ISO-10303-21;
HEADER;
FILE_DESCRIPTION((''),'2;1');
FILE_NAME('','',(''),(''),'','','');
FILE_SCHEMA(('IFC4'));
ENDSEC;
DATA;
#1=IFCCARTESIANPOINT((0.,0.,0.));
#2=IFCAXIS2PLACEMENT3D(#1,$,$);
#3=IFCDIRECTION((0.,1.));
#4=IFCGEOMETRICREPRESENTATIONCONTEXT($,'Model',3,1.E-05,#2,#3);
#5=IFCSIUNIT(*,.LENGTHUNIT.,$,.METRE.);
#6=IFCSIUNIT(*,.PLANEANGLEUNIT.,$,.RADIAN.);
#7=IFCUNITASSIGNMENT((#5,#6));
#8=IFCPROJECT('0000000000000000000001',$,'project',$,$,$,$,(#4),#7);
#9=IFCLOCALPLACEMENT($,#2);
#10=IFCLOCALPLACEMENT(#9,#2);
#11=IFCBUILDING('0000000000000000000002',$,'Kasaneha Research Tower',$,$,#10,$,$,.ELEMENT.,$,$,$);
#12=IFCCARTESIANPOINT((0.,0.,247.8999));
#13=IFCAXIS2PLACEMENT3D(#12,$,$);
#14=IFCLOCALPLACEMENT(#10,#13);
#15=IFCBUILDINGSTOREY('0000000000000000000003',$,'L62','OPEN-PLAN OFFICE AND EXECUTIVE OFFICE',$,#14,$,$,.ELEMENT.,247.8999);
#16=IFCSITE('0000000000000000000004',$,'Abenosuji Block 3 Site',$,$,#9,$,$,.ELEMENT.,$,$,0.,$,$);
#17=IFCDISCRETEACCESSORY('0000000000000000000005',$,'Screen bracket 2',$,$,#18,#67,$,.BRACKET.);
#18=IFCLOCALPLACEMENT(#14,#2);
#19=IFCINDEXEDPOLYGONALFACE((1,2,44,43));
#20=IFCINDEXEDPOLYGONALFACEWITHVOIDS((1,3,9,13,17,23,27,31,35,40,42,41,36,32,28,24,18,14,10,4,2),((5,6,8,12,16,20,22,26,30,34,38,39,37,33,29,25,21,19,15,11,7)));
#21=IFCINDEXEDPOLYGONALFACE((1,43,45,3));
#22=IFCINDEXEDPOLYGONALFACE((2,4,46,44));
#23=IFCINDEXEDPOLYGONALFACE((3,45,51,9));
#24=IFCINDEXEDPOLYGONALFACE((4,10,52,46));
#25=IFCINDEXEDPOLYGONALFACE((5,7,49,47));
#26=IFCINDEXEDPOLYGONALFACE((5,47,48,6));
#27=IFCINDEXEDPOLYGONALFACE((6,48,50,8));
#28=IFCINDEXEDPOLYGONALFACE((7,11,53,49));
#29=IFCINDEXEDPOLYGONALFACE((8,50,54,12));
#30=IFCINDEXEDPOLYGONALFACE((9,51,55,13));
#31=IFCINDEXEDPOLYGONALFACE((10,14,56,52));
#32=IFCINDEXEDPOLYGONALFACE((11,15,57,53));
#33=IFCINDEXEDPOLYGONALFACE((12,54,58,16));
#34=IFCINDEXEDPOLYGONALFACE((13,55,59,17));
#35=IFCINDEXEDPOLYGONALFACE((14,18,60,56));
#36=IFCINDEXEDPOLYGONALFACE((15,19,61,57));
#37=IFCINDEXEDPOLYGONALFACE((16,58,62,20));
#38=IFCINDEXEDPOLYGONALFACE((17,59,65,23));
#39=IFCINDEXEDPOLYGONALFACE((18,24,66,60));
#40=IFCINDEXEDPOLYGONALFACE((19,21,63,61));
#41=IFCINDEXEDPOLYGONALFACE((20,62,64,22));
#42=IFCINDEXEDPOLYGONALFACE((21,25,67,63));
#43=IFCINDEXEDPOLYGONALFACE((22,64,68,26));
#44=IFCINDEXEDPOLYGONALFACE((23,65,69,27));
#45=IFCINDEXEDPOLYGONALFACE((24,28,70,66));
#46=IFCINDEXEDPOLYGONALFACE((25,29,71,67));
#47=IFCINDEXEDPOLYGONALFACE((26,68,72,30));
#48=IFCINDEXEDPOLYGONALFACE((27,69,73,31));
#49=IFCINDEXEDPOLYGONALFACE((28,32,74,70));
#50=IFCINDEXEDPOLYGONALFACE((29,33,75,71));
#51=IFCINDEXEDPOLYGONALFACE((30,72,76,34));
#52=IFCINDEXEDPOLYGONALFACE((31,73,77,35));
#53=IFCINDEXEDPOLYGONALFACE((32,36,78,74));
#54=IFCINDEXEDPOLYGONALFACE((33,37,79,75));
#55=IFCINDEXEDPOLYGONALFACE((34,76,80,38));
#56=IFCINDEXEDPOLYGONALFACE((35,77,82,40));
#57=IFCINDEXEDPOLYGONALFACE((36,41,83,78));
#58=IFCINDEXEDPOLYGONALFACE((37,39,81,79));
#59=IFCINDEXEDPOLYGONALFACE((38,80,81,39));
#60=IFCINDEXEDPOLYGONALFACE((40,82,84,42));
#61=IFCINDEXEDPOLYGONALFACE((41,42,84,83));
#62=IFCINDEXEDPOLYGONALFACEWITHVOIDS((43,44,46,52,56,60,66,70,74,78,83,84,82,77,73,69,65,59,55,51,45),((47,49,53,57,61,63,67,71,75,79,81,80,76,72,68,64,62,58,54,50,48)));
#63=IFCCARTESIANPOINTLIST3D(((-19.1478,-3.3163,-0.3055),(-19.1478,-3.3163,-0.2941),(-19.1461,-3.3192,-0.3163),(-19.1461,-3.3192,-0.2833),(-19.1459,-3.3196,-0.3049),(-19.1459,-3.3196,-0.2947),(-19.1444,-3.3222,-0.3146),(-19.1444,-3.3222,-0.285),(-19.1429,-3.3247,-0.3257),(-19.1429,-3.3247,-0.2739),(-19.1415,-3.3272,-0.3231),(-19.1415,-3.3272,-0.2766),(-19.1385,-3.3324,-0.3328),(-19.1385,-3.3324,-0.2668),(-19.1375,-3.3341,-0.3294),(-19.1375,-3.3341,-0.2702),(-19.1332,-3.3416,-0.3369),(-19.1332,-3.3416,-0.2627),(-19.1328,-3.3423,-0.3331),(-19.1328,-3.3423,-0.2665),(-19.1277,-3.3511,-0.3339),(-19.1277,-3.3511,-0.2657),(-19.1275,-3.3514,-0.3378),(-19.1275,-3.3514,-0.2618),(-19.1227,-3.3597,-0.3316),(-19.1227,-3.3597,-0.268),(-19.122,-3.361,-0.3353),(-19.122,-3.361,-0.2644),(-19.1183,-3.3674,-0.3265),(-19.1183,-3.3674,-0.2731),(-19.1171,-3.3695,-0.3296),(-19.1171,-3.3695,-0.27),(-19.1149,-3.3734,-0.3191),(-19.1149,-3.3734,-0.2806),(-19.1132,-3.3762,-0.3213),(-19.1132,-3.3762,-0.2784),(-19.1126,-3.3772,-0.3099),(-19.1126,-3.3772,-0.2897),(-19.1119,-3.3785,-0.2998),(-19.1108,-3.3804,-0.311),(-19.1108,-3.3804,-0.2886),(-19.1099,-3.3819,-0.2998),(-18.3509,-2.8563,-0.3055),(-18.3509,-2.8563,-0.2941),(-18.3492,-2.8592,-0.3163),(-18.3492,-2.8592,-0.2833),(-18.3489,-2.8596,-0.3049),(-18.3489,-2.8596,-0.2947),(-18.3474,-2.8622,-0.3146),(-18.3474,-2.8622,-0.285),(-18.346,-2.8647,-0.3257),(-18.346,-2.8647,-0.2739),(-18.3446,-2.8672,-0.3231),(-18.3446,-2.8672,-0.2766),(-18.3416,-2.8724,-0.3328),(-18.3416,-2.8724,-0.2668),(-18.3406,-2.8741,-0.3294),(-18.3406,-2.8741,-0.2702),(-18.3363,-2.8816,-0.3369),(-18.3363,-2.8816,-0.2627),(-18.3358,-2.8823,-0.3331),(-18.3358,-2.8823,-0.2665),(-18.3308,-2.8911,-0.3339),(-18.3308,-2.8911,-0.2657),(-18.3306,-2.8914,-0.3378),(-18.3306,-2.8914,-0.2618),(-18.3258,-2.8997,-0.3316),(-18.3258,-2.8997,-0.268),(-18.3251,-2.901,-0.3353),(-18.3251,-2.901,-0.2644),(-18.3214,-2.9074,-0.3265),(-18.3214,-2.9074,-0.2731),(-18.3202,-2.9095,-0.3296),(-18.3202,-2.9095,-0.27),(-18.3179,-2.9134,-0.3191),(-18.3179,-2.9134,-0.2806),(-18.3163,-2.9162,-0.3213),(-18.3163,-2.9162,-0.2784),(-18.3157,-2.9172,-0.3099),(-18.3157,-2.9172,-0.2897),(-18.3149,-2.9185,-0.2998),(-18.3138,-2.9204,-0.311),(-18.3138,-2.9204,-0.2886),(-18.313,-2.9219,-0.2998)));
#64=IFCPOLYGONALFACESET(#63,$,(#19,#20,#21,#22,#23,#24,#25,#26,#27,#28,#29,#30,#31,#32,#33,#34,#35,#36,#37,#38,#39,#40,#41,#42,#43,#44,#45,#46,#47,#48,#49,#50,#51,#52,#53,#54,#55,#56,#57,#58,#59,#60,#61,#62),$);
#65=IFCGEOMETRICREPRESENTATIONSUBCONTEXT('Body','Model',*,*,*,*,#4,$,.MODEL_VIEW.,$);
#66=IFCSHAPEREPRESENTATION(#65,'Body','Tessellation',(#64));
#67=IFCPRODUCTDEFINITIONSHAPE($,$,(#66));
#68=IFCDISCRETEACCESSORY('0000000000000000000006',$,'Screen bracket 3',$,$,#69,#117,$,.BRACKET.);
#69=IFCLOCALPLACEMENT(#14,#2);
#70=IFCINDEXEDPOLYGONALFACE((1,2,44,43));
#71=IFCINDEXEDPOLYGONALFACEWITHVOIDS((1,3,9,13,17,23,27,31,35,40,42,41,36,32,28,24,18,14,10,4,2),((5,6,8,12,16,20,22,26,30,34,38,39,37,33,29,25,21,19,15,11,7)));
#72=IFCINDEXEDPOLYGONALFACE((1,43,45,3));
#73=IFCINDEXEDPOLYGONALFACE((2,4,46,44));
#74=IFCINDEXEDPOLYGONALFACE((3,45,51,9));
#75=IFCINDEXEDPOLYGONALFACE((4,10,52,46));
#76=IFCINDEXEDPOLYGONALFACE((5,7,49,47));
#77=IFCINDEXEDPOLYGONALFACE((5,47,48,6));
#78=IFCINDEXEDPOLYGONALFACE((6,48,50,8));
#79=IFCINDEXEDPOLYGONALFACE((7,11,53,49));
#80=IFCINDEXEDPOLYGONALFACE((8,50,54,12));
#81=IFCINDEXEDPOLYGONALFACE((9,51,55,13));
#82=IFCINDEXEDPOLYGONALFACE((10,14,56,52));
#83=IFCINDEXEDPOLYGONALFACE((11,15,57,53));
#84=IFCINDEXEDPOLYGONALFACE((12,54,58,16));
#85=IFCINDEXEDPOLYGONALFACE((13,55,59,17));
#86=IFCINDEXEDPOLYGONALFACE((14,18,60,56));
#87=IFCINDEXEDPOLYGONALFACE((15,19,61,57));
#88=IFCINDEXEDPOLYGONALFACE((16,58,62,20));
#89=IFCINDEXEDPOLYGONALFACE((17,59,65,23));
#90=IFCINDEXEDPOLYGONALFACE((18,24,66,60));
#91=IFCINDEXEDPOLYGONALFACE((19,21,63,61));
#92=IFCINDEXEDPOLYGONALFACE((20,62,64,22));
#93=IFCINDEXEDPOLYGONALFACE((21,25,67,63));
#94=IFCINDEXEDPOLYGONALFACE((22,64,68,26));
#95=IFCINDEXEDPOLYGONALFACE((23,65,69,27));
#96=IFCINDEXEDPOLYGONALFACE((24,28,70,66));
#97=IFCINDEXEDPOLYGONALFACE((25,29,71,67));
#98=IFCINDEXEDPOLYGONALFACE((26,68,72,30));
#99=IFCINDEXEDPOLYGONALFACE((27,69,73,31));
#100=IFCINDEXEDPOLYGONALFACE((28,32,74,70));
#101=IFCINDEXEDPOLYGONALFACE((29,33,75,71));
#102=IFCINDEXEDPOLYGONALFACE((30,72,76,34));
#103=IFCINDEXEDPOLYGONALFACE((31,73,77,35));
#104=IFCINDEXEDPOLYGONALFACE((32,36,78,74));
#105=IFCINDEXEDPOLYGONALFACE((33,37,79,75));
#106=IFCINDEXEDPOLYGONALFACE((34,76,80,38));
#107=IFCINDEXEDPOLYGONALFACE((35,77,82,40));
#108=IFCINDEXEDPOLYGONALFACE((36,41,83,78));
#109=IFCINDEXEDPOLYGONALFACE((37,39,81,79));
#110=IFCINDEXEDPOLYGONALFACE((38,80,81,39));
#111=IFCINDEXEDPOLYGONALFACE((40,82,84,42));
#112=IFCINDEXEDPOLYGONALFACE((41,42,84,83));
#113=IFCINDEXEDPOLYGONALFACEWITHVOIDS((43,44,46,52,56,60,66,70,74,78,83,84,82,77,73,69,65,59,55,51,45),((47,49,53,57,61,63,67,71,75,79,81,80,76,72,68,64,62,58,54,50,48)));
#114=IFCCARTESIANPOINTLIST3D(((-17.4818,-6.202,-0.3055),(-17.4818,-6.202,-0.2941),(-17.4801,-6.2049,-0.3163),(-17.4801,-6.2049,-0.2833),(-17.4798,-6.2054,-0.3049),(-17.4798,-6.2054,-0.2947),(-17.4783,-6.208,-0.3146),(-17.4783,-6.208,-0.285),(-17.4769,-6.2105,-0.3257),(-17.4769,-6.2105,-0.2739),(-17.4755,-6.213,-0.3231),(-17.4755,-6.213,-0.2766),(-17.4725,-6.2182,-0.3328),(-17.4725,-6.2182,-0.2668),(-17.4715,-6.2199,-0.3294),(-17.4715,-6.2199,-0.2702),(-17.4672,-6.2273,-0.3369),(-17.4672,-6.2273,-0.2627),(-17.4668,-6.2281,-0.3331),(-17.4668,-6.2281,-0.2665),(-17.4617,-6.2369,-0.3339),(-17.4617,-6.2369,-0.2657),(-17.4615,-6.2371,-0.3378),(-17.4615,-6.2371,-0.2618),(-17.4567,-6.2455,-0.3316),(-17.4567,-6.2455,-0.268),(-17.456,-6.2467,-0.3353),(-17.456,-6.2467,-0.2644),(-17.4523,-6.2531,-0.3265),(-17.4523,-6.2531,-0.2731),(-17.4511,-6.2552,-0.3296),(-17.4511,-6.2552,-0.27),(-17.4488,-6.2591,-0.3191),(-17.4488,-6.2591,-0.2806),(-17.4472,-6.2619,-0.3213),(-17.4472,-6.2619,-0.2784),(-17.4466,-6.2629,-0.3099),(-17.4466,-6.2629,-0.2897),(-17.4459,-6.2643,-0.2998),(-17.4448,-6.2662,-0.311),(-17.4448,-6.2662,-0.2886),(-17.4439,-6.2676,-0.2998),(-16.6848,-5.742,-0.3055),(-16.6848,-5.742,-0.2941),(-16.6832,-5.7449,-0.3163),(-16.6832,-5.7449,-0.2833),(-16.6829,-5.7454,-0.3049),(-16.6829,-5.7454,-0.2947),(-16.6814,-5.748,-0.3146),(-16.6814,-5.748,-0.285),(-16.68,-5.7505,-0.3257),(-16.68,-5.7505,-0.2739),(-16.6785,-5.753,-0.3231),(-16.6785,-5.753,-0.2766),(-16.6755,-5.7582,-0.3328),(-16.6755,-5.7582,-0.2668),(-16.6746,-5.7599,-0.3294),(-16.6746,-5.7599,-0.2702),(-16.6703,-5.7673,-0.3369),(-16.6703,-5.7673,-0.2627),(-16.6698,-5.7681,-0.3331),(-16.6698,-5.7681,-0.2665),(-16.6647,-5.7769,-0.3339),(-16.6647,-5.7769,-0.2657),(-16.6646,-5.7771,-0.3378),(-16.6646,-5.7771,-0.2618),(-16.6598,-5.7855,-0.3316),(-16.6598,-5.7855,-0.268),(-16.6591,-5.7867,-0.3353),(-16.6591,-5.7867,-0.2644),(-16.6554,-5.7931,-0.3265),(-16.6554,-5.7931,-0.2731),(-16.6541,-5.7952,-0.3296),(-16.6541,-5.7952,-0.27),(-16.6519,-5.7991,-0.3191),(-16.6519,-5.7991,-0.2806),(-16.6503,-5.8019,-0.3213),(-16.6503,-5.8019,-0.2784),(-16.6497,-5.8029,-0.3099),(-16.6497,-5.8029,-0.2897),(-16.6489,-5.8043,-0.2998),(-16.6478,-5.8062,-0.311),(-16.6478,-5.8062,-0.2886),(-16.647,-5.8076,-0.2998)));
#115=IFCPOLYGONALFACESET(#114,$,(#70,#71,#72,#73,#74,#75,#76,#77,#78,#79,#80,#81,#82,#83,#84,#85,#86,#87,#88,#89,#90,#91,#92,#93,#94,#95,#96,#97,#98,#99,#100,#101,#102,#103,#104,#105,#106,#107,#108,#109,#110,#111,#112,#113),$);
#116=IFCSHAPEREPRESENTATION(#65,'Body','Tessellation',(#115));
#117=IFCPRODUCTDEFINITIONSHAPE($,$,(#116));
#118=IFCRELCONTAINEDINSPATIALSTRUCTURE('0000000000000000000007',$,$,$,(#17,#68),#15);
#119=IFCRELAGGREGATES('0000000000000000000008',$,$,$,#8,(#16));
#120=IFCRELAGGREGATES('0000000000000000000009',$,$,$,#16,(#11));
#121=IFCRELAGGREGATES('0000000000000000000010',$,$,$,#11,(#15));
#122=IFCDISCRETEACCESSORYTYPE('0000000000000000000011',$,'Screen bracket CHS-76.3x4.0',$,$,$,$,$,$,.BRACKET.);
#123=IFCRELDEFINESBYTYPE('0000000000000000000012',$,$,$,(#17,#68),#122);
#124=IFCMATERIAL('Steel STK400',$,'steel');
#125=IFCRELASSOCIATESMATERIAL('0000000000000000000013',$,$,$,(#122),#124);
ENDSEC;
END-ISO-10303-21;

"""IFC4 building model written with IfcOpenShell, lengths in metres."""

from ifc_helpers import new_model, si_unit, direction, frame, origin, origin_2d, place, context, subcontext, project, spatial, hollow_circle, extrude, material, material_profile, profile_set, type_object, element, save


model = new_model("IFC4")

# Units and contexts
model_context = context("Model", 3, precision=1e-05, world=origin(), true_north=direction((0.0, 1.0)))
body_context = subcontext(model_context, "Body", "Model", "MODEL_VIEW")
ifc_project = project(units=[si_unit("LENGTHUNIT", "METRE"), si_unit("PLANEANGLEUNIT", "RADIAN")], contexts=[model_context])

# Site, building, storey
site_placement = place(None, origin())
site = spatial("IfcSite", under=ifc_project, at=site_placement, Name="Abenosuji Block 3 Site", CompositionType="ELEMENT", RefElevation=0.0)
building_placement = place(site_placement, origin())
building = spatial("IfcBuilding", under=site, at=building_placement, Name="Kasaneha Research Tower", CompositionType="ELEMENT")
storey_placement = place(building_placement, frame((0.0, 0.0, 247.8999)))
storey = spatial("IfcBuildingStorey", under=building, at=storey_placement, Name="L62", Description="OPEN-PLAN OFFICE AND EXECUTIVE OFFICE", CompositionType="ELEMENT", Elevation=247.8999)

# Discrete accessories
ifc_material_1 = material(Name="Steel STK400", Category="steel")
ifc_material_profile_1 = material_profile(ifc_material_1, hollow_circle(Radius=0.0381, WallThickness=0.0039, at=origin_2d()), Name="CHS-76.3x4.0")
ifc_profile_set_1 = profile_set([ifc_material_profile_1], Name="Steel STK400")
discrete_accessory_type = type_object("IfcDiscreteAccessoryType", Name="Screen bracket CHS-76.3x4.0", PredefinedType="BRACKET", material=ifc_profile_set_1)
for number, where, z_axis, x_axis, name in (
    (1, (-18.332, -2.8889, -0.2998), (-0.86608, -0.499906, 0.0), (0.499906, -0.86608, 0.0), "Screen bracket 2"),
    (2, (-16.666, -5.7747, -0.2998), (-0.86608, -0.499906, 0.0), (0.499906, -0.86608, 0.0), "Screen bracket 3"),
):
    element("IfcDiscreteAccessory", number, at=place(storey_placement, frame(where, z_axis=z_axis, x_axis=x_axis)), inside=storey, type_object=discrete_accessory_type, Name=name, PredefinedType="BRACKET", context=body_context, shape_type="SweptSolid", body=[
        extrude(hollow_circle(Radius=0.0381, WallThickness=0.0039, at=origin_2d()), origin(), (0.0, 0.0, 1.0), 0.9202),
    ])

save(model, "model.ifc")
